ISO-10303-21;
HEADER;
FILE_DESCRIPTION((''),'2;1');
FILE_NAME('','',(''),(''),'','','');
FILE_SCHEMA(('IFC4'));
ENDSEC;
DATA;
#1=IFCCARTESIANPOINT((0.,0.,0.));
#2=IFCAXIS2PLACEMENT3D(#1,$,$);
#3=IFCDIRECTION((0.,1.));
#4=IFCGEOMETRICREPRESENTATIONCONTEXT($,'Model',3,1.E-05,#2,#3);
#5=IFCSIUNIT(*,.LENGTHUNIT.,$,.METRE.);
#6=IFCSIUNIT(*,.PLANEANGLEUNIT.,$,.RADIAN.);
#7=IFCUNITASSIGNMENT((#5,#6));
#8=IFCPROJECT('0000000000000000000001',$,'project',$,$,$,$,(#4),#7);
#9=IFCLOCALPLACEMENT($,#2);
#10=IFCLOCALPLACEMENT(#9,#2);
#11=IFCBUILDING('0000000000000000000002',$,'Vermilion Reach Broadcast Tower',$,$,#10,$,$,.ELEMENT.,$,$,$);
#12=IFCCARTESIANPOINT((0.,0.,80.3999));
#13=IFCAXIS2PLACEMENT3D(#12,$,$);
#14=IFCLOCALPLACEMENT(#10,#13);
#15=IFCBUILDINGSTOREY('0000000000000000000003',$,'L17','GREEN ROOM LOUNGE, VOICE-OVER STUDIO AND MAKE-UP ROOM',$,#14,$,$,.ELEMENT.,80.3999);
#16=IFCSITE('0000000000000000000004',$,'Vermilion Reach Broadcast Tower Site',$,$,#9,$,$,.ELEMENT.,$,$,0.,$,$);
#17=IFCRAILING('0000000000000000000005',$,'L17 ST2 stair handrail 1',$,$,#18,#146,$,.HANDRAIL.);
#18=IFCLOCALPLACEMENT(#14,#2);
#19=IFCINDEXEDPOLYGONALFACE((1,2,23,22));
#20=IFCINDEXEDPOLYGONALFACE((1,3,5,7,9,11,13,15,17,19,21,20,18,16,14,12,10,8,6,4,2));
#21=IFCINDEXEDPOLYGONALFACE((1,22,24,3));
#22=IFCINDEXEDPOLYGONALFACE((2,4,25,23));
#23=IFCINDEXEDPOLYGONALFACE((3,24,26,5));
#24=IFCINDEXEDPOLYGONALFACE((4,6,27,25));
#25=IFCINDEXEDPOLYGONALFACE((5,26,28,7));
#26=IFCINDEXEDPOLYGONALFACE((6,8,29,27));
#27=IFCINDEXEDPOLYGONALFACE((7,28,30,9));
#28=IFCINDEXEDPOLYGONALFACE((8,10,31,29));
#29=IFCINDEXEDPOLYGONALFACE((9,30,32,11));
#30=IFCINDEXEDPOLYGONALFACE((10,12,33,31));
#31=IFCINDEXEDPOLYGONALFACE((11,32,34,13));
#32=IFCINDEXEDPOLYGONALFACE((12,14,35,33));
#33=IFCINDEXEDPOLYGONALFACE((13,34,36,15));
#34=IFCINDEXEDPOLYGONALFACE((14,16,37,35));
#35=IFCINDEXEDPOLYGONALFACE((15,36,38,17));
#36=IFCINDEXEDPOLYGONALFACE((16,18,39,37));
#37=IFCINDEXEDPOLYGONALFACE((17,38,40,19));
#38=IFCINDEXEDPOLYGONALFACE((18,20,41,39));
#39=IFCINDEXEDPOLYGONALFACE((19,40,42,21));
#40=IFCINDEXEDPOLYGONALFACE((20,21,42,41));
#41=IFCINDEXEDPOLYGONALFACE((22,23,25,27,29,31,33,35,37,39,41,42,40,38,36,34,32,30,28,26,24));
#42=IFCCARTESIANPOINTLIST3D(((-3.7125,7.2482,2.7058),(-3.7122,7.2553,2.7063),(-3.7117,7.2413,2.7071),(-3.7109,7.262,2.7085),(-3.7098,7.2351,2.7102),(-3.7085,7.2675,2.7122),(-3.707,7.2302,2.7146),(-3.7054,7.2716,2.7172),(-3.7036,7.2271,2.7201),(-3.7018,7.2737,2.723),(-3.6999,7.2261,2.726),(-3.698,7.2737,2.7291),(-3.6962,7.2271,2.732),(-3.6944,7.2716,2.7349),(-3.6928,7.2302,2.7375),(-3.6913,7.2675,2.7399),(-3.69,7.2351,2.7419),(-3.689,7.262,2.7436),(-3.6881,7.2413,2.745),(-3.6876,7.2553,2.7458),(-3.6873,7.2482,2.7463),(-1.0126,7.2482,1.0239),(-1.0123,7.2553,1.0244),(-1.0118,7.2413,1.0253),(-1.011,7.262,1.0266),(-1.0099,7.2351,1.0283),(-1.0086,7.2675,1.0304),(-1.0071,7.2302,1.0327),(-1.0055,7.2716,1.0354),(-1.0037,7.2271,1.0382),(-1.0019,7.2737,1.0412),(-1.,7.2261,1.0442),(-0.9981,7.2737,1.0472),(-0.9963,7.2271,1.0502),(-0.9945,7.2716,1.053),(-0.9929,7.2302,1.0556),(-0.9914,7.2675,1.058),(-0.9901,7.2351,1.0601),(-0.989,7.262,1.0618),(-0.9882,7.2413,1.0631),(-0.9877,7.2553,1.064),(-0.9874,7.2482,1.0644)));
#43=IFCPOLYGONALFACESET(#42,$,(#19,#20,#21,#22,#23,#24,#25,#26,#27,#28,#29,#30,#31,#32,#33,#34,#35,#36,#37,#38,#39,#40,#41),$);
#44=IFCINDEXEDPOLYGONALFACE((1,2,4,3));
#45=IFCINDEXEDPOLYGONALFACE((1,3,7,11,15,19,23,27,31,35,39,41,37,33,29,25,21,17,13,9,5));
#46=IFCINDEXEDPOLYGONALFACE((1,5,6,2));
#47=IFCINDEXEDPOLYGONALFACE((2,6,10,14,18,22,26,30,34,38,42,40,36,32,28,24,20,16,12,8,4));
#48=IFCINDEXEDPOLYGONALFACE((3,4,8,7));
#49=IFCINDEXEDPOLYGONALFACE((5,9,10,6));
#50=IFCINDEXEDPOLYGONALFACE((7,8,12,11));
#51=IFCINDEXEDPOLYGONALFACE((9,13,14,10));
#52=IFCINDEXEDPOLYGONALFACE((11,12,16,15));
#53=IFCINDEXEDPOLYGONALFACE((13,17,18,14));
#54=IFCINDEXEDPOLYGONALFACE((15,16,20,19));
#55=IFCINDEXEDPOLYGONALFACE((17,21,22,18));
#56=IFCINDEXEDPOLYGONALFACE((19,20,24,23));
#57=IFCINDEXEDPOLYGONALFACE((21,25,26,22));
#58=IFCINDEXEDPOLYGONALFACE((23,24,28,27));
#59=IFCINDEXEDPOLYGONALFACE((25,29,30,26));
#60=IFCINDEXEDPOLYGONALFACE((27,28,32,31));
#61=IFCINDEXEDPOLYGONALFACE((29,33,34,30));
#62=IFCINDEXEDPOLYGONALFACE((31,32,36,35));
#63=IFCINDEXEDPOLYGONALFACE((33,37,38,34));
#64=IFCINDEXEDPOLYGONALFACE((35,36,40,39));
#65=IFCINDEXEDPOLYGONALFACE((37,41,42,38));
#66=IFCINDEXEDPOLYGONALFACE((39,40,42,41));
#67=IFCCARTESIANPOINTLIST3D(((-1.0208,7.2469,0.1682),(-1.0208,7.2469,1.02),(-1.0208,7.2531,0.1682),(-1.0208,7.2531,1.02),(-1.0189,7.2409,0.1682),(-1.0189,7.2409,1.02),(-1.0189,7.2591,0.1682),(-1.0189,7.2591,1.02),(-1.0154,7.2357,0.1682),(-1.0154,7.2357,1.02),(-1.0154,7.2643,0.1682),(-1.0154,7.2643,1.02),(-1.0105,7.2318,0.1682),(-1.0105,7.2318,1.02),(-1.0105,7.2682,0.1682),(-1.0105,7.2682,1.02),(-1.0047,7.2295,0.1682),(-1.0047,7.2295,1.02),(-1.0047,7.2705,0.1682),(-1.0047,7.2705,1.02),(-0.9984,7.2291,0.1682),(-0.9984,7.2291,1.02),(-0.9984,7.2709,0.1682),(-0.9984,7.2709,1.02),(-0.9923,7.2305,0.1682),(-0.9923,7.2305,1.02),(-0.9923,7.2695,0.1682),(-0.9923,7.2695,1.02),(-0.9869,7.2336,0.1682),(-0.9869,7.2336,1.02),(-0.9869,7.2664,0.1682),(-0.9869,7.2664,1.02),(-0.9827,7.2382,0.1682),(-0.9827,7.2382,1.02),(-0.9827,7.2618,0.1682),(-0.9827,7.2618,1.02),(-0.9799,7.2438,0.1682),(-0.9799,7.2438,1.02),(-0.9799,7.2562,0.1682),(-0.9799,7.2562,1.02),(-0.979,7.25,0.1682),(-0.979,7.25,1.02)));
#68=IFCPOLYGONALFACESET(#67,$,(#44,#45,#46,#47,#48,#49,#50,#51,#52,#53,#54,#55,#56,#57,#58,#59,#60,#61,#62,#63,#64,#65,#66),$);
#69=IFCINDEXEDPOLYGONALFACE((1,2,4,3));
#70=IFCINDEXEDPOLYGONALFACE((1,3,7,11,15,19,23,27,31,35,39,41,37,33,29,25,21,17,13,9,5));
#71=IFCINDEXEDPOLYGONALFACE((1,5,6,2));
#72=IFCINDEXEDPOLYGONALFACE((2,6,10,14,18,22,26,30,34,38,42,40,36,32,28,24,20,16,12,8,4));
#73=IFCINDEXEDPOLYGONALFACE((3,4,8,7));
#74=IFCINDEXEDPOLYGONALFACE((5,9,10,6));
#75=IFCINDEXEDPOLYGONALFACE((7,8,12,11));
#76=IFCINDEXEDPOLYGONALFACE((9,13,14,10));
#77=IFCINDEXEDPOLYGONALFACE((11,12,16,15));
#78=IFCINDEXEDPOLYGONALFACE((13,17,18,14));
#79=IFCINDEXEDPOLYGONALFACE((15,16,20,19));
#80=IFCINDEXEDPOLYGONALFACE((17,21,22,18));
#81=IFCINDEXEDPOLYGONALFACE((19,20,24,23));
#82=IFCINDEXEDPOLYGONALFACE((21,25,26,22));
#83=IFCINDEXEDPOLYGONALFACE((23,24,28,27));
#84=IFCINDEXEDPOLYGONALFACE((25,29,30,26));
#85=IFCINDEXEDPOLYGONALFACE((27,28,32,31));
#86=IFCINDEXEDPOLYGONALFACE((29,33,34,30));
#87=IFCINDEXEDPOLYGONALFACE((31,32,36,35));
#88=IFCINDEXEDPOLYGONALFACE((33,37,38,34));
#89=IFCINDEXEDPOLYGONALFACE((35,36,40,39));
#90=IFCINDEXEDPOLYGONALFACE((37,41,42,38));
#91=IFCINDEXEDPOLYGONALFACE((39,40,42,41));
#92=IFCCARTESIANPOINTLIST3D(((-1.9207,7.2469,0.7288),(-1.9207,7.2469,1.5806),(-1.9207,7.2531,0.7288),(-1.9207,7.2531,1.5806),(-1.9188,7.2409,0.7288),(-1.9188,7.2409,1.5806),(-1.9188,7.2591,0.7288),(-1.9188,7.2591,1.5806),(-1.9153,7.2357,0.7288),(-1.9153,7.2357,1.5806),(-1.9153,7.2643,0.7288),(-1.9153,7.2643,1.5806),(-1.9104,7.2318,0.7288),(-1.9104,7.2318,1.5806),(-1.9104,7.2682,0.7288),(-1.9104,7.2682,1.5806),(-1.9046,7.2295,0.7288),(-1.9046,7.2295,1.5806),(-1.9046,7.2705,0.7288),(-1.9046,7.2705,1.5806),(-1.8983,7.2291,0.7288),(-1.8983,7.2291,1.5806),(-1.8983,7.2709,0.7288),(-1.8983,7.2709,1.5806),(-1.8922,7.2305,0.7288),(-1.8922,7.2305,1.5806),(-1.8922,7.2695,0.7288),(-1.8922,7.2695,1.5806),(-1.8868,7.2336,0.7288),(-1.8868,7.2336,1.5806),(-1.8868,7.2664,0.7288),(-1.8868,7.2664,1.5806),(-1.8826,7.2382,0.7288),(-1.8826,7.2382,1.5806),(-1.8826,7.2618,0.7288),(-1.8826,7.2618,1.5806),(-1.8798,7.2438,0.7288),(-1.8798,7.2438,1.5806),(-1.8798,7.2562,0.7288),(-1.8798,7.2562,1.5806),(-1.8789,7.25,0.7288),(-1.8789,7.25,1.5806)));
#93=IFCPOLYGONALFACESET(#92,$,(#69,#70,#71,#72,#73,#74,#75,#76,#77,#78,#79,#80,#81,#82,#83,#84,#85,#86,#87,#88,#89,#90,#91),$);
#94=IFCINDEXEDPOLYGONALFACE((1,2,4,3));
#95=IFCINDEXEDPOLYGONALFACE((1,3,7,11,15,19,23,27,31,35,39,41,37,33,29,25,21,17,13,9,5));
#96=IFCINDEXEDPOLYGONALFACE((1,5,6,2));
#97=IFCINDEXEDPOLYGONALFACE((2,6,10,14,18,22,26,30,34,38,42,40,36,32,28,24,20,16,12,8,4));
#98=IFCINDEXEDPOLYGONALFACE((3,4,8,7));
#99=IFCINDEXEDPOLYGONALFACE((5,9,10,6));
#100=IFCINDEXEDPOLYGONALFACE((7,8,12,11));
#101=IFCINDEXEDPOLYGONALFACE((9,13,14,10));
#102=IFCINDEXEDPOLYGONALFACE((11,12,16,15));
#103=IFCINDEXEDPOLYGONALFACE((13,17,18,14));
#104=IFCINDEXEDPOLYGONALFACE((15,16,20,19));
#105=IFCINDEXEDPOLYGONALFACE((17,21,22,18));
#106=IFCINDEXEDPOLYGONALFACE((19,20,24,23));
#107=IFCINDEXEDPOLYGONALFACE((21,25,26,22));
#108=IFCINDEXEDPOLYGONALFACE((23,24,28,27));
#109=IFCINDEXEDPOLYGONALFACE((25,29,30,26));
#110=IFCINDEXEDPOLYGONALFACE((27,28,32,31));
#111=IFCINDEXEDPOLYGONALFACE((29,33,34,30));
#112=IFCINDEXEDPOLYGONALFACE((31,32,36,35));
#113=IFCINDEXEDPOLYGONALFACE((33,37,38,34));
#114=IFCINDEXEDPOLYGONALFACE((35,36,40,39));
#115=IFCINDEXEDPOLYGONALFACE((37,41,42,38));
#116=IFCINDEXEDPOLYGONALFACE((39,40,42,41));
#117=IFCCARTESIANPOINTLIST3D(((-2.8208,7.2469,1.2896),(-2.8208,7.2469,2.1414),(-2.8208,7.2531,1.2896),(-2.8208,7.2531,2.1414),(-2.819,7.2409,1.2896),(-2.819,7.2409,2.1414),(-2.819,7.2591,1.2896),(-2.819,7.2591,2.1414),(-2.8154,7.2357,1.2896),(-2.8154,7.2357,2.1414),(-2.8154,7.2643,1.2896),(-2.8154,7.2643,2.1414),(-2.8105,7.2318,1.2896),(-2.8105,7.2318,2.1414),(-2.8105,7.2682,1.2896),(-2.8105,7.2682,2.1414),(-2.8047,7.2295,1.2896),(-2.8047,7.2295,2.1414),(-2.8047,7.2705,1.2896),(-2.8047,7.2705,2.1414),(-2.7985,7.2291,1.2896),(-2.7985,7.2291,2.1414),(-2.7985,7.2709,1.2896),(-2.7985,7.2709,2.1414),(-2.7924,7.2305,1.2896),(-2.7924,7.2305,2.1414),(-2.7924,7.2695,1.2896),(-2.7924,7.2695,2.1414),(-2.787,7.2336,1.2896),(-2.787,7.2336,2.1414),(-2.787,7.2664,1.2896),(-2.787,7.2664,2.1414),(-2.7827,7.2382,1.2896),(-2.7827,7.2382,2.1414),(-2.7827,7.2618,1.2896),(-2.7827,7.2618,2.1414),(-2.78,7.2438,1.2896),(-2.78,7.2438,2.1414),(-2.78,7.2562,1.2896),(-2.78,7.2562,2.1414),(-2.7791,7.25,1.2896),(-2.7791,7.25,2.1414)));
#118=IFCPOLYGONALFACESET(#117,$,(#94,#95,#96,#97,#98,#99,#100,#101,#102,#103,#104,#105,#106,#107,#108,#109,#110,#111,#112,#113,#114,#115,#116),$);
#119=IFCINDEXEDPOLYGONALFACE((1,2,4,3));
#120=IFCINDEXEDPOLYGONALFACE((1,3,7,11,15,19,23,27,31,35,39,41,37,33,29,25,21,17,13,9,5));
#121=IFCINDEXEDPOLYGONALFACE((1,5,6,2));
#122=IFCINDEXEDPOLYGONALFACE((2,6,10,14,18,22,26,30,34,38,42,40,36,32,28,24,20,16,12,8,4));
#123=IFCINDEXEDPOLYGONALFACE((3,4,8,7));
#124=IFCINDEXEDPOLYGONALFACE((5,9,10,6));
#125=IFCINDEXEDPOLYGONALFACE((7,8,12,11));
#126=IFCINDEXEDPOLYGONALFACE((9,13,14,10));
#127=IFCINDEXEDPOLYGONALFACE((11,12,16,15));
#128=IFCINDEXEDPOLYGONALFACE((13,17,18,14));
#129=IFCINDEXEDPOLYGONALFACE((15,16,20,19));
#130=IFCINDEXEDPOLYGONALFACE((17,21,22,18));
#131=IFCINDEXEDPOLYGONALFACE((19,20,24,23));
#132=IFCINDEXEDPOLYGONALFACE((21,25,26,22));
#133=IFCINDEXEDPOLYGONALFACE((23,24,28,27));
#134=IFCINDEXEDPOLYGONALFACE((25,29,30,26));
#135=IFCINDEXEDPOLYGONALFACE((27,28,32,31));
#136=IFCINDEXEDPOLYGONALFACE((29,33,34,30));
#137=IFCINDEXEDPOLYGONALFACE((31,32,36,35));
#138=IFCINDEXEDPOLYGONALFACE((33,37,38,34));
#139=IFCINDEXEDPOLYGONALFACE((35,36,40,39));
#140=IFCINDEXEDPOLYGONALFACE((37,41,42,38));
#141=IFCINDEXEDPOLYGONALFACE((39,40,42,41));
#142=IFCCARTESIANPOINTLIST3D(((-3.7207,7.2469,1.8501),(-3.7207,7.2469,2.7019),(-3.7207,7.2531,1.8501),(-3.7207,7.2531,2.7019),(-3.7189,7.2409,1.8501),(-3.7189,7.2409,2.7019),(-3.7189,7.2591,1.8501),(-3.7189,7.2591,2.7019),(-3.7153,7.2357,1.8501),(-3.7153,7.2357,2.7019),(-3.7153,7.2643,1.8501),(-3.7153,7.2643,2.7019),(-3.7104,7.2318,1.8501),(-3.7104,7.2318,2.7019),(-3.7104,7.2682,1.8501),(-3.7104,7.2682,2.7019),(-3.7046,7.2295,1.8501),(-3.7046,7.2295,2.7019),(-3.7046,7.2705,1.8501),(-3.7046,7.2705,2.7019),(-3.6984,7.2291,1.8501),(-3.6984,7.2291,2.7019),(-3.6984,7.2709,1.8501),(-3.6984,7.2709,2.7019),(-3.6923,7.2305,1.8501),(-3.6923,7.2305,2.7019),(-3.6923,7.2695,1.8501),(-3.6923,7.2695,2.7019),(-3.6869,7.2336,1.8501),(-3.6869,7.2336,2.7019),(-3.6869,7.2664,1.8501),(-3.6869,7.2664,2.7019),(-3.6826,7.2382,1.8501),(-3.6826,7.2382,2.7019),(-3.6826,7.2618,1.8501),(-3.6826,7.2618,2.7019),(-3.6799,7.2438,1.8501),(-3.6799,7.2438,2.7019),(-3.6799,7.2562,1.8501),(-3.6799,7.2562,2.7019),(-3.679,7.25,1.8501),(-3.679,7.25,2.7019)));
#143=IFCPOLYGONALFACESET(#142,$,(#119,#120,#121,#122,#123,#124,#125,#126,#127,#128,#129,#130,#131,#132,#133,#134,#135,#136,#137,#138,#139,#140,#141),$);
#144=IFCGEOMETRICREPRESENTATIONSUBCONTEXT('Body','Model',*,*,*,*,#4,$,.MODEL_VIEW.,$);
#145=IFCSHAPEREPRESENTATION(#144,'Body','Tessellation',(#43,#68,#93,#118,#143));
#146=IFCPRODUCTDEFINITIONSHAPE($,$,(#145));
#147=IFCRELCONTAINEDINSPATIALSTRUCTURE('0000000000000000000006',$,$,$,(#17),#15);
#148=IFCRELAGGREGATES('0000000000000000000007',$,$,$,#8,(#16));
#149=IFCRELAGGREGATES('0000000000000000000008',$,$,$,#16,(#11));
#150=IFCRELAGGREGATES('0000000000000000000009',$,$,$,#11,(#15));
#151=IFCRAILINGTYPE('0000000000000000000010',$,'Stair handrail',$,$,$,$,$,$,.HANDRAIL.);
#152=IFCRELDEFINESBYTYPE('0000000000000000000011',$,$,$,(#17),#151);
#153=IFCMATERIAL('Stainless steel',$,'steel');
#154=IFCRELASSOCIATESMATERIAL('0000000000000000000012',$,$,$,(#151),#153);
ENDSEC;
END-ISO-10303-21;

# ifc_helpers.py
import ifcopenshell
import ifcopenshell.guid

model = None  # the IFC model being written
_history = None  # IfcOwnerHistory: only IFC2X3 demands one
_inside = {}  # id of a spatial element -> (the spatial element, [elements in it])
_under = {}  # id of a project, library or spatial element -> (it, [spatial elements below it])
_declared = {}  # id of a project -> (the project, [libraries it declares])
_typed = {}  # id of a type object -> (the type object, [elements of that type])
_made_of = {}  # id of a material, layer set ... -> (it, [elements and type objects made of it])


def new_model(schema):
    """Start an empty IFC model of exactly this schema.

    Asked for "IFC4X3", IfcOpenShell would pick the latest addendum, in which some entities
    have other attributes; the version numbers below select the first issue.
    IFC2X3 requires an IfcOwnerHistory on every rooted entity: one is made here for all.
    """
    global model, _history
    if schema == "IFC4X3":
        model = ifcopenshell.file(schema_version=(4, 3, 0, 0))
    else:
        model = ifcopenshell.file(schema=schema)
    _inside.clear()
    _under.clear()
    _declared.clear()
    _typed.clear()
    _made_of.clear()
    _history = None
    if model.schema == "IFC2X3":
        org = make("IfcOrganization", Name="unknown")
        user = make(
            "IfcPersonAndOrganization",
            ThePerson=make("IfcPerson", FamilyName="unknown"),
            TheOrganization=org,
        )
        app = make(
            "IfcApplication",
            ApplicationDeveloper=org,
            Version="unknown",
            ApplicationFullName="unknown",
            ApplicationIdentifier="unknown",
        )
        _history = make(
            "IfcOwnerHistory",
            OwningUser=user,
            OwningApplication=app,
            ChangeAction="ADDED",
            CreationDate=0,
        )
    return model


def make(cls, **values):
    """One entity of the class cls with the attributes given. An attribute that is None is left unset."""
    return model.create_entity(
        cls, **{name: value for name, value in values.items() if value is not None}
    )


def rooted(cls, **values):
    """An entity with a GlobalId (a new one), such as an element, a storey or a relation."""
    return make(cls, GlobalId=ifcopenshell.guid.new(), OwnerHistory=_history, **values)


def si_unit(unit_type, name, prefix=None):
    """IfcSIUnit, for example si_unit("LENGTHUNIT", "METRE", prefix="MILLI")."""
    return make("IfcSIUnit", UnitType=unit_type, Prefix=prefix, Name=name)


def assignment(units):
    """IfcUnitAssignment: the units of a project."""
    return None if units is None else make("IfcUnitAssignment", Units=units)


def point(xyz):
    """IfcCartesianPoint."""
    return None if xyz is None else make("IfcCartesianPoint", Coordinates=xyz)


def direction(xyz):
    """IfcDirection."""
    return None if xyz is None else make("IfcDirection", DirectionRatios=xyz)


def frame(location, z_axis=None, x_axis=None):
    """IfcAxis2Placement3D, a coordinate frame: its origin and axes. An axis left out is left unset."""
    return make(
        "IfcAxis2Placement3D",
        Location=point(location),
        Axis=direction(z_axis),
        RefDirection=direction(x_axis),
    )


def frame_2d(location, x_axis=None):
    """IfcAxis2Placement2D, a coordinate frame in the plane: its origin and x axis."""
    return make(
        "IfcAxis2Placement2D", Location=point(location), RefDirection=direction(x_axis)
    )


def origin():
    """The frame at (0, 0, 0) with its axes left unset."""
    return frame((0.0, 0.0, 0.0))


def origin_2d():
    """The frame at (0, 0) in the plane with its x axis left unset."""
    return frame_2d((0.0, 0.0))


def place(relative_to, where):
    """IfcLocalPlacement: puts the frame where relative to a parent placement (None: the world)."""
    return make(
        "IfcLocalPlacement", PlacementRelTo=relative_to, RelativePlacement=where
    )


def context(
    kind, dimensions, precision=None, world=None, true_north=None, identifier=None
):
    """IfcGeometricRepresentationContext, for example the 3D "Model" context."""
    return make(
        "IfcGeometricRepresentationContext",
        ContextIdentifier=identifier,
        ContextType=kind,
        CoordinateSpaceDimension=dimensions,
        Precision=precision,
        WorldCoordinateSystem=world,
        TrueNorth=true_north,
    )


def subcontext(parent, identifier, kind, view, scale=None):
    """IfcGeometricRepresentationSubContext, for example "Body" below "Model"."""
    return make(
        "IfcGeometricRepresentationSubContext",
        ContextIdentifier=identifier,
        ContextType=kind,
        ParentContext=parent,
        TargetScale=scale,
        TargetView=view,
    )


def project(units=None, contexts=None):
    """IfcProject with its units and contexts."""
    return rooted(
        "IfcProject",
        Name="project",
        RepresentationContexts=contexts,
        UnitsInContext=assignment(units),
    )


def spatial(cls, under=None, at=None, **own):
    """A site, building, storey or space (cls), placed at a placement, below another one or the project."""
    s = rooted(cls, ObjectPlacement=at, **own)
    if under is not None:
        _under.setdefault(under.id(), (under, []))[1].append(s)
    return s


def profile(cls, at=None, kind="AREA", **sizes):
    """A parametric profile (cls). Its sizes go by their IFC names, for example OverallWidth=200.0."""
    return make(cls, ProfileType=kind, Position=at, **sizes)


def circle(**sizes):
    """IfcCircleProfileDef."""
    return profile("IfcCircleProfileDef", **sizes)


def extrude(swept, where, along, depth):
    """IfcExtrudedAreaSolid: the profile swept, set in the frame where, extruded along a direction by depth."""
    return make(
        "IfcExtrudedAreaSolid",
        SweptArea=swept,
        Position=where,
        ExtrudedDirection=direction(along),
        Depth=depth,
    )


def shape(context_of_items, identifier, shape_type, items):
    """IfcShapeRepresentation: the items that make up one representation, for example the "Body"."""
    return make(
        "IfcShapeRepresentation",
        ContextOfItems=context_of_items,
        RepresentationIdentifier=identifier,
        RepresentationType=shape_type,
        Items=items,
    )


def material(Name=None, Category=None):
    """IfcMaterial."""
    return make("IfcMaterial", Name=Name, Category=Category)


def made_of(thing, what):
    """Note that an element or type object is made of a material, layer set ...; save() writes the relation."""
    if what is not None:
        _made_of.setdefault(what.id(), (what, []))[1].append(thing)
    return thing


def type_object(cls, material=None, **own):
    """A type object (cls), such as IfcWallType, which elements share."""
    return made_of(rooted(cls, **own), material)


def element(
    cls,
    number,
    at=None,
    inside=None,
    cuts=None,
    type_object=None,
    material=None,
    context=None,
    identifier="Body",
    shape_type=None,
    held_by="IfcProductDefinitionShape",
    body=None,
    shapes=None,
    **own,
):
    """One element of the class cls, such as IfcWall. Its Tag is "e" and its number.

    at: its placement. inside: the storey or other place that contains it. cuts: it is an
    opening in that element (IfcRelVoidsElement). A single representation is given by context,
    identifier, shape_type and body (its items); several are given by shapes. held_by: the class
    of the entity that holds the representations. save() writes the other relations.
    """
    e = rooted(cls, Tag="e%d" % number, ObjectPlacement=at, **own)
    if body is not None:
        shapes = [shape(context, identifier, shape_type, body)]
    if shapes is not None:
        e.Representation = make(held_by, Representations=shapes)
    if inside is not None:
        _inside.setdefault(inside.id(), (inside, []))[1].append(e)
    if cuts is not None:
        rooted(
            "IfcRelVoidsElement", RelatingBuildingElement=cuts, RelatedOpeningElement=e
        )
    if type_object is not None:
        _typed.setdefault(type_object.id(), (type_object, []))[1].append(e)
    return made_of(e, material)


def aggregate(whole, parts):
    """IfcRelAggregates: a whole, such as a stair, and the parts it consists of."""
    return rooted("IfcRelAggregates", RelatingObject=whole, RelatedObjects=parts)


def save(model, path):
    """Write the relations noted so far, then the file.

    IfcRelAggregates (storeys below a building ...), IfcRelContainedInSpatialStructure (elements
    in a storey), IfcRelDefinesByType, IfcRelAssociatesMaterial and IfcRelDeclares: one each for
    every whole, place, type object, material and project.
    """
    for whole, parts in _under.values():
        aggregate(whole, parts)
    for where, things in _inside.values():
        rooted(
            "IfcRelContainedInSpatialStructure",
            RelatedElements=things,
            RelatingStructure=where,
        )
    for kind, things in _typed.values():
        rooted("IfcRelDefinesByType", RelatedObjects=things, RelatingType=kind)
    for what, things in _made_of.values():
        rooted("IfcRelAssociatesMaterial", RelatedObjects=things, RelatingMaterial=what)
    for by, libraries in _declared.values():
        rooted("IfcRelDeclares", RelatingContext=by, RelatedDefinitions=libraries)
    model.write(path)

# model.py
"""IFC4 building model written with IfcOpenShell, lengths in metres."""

from ifc_helpers import new_model, si_unit, direction, frame, origin, origin_2d, place, context, subcontext, project, spatial, circle, extrude, material, type_object, element, save


model = new_model("IFC4")

# Units and contexts
model_context = context("Model", 3, precision=1e-05, world=origin(), true_north=direction((0.0, 1.0)))
body_context = subcontext(model_context, "Body", "Model", "MODEL_VIEW")
ifc_project = project(units=[si_unit("LENGTHUNIT", "METRE"), si_unit("PLANEANGLEUNIT", "RADIAN")], contexts=[model_context])

# Site, building, storey
site_placement = place(None, origin())
site = spatial("IfcSite", under=ifc_project, at=site_placement, Name="Vermilion Reach Broadcast Tower Site", CompositionType="ELEMENT", RefElevation=0.0)
building_placement = place(site_placement, origin())
building = spatial("IfcBuilding", under=site, at=building_placement, Name="Vermilion Reach Broadcast Tower", CompositionType="ELEMENT")
storey_placement = place(building_placement, frame((0.0, 0.0, 80.3999)))
storey = spatial("IfcBuildingStorey", under=building, at=storey_placement, Name="L17", Description="GREEN ROOM LOUNGE, VOICE-OVER STUDIO AND MAKE-UP ROOM", CompositionType="ELEMENT", Elevation=80.3999)

# Railing
ifc_material_1 = material(Name="Stainless steel", Category="steel")
railing_type_1 = type_object("IfcRailingType", Name="Stair handrail", PredefinedType="HANDRAIL", material=ifc_material_1)
railing_1_placement = place(storey_placement, frame((-1.0, 7.25, 0.1682)))
element("IfcRailing", 1, at=railing_1_placement, inside=storey, type_object=railing_type_1, Name="L17 ST2 stair handrail 1", PredefinedType="HANDRAIL", context=body_context, shape_type="SweptSolid", body=[
    extrude(circle(Radius=0.0239, at=origin_2d()), frame((0.0, 0.0, 0.876), z_axis=(-0.848786, 0.0, 0.528736), x_axis=(0.0, -1.0, 0.0)), (0.0, 0.0, 1.0), 3.1809),
    extrude(circle(Radius=0.021, at=origin_2d()), origin(), (0.0, 0.0, 1.0), 0.8518),
    extrude(circle(Radius=0.021, at=origin_2d()), frame((-0.8999, 0.0, 0.5605)), (0.0, 0.0, 1.0), 0.8518),
    extrude(circle(Radius=0.021, at=origin_2d()), frame((-1.8, 0.0, 1.1213)), (0.0, 0.0, 1.0), 0.8518),
    extrude(circle(Radius=0.021, at=origin_2d()), frame((-2.7, 0.0, 1.6819)), (0.0, 0.0, 1.0), 0.8518),
])

save(model, "model.ifc")
